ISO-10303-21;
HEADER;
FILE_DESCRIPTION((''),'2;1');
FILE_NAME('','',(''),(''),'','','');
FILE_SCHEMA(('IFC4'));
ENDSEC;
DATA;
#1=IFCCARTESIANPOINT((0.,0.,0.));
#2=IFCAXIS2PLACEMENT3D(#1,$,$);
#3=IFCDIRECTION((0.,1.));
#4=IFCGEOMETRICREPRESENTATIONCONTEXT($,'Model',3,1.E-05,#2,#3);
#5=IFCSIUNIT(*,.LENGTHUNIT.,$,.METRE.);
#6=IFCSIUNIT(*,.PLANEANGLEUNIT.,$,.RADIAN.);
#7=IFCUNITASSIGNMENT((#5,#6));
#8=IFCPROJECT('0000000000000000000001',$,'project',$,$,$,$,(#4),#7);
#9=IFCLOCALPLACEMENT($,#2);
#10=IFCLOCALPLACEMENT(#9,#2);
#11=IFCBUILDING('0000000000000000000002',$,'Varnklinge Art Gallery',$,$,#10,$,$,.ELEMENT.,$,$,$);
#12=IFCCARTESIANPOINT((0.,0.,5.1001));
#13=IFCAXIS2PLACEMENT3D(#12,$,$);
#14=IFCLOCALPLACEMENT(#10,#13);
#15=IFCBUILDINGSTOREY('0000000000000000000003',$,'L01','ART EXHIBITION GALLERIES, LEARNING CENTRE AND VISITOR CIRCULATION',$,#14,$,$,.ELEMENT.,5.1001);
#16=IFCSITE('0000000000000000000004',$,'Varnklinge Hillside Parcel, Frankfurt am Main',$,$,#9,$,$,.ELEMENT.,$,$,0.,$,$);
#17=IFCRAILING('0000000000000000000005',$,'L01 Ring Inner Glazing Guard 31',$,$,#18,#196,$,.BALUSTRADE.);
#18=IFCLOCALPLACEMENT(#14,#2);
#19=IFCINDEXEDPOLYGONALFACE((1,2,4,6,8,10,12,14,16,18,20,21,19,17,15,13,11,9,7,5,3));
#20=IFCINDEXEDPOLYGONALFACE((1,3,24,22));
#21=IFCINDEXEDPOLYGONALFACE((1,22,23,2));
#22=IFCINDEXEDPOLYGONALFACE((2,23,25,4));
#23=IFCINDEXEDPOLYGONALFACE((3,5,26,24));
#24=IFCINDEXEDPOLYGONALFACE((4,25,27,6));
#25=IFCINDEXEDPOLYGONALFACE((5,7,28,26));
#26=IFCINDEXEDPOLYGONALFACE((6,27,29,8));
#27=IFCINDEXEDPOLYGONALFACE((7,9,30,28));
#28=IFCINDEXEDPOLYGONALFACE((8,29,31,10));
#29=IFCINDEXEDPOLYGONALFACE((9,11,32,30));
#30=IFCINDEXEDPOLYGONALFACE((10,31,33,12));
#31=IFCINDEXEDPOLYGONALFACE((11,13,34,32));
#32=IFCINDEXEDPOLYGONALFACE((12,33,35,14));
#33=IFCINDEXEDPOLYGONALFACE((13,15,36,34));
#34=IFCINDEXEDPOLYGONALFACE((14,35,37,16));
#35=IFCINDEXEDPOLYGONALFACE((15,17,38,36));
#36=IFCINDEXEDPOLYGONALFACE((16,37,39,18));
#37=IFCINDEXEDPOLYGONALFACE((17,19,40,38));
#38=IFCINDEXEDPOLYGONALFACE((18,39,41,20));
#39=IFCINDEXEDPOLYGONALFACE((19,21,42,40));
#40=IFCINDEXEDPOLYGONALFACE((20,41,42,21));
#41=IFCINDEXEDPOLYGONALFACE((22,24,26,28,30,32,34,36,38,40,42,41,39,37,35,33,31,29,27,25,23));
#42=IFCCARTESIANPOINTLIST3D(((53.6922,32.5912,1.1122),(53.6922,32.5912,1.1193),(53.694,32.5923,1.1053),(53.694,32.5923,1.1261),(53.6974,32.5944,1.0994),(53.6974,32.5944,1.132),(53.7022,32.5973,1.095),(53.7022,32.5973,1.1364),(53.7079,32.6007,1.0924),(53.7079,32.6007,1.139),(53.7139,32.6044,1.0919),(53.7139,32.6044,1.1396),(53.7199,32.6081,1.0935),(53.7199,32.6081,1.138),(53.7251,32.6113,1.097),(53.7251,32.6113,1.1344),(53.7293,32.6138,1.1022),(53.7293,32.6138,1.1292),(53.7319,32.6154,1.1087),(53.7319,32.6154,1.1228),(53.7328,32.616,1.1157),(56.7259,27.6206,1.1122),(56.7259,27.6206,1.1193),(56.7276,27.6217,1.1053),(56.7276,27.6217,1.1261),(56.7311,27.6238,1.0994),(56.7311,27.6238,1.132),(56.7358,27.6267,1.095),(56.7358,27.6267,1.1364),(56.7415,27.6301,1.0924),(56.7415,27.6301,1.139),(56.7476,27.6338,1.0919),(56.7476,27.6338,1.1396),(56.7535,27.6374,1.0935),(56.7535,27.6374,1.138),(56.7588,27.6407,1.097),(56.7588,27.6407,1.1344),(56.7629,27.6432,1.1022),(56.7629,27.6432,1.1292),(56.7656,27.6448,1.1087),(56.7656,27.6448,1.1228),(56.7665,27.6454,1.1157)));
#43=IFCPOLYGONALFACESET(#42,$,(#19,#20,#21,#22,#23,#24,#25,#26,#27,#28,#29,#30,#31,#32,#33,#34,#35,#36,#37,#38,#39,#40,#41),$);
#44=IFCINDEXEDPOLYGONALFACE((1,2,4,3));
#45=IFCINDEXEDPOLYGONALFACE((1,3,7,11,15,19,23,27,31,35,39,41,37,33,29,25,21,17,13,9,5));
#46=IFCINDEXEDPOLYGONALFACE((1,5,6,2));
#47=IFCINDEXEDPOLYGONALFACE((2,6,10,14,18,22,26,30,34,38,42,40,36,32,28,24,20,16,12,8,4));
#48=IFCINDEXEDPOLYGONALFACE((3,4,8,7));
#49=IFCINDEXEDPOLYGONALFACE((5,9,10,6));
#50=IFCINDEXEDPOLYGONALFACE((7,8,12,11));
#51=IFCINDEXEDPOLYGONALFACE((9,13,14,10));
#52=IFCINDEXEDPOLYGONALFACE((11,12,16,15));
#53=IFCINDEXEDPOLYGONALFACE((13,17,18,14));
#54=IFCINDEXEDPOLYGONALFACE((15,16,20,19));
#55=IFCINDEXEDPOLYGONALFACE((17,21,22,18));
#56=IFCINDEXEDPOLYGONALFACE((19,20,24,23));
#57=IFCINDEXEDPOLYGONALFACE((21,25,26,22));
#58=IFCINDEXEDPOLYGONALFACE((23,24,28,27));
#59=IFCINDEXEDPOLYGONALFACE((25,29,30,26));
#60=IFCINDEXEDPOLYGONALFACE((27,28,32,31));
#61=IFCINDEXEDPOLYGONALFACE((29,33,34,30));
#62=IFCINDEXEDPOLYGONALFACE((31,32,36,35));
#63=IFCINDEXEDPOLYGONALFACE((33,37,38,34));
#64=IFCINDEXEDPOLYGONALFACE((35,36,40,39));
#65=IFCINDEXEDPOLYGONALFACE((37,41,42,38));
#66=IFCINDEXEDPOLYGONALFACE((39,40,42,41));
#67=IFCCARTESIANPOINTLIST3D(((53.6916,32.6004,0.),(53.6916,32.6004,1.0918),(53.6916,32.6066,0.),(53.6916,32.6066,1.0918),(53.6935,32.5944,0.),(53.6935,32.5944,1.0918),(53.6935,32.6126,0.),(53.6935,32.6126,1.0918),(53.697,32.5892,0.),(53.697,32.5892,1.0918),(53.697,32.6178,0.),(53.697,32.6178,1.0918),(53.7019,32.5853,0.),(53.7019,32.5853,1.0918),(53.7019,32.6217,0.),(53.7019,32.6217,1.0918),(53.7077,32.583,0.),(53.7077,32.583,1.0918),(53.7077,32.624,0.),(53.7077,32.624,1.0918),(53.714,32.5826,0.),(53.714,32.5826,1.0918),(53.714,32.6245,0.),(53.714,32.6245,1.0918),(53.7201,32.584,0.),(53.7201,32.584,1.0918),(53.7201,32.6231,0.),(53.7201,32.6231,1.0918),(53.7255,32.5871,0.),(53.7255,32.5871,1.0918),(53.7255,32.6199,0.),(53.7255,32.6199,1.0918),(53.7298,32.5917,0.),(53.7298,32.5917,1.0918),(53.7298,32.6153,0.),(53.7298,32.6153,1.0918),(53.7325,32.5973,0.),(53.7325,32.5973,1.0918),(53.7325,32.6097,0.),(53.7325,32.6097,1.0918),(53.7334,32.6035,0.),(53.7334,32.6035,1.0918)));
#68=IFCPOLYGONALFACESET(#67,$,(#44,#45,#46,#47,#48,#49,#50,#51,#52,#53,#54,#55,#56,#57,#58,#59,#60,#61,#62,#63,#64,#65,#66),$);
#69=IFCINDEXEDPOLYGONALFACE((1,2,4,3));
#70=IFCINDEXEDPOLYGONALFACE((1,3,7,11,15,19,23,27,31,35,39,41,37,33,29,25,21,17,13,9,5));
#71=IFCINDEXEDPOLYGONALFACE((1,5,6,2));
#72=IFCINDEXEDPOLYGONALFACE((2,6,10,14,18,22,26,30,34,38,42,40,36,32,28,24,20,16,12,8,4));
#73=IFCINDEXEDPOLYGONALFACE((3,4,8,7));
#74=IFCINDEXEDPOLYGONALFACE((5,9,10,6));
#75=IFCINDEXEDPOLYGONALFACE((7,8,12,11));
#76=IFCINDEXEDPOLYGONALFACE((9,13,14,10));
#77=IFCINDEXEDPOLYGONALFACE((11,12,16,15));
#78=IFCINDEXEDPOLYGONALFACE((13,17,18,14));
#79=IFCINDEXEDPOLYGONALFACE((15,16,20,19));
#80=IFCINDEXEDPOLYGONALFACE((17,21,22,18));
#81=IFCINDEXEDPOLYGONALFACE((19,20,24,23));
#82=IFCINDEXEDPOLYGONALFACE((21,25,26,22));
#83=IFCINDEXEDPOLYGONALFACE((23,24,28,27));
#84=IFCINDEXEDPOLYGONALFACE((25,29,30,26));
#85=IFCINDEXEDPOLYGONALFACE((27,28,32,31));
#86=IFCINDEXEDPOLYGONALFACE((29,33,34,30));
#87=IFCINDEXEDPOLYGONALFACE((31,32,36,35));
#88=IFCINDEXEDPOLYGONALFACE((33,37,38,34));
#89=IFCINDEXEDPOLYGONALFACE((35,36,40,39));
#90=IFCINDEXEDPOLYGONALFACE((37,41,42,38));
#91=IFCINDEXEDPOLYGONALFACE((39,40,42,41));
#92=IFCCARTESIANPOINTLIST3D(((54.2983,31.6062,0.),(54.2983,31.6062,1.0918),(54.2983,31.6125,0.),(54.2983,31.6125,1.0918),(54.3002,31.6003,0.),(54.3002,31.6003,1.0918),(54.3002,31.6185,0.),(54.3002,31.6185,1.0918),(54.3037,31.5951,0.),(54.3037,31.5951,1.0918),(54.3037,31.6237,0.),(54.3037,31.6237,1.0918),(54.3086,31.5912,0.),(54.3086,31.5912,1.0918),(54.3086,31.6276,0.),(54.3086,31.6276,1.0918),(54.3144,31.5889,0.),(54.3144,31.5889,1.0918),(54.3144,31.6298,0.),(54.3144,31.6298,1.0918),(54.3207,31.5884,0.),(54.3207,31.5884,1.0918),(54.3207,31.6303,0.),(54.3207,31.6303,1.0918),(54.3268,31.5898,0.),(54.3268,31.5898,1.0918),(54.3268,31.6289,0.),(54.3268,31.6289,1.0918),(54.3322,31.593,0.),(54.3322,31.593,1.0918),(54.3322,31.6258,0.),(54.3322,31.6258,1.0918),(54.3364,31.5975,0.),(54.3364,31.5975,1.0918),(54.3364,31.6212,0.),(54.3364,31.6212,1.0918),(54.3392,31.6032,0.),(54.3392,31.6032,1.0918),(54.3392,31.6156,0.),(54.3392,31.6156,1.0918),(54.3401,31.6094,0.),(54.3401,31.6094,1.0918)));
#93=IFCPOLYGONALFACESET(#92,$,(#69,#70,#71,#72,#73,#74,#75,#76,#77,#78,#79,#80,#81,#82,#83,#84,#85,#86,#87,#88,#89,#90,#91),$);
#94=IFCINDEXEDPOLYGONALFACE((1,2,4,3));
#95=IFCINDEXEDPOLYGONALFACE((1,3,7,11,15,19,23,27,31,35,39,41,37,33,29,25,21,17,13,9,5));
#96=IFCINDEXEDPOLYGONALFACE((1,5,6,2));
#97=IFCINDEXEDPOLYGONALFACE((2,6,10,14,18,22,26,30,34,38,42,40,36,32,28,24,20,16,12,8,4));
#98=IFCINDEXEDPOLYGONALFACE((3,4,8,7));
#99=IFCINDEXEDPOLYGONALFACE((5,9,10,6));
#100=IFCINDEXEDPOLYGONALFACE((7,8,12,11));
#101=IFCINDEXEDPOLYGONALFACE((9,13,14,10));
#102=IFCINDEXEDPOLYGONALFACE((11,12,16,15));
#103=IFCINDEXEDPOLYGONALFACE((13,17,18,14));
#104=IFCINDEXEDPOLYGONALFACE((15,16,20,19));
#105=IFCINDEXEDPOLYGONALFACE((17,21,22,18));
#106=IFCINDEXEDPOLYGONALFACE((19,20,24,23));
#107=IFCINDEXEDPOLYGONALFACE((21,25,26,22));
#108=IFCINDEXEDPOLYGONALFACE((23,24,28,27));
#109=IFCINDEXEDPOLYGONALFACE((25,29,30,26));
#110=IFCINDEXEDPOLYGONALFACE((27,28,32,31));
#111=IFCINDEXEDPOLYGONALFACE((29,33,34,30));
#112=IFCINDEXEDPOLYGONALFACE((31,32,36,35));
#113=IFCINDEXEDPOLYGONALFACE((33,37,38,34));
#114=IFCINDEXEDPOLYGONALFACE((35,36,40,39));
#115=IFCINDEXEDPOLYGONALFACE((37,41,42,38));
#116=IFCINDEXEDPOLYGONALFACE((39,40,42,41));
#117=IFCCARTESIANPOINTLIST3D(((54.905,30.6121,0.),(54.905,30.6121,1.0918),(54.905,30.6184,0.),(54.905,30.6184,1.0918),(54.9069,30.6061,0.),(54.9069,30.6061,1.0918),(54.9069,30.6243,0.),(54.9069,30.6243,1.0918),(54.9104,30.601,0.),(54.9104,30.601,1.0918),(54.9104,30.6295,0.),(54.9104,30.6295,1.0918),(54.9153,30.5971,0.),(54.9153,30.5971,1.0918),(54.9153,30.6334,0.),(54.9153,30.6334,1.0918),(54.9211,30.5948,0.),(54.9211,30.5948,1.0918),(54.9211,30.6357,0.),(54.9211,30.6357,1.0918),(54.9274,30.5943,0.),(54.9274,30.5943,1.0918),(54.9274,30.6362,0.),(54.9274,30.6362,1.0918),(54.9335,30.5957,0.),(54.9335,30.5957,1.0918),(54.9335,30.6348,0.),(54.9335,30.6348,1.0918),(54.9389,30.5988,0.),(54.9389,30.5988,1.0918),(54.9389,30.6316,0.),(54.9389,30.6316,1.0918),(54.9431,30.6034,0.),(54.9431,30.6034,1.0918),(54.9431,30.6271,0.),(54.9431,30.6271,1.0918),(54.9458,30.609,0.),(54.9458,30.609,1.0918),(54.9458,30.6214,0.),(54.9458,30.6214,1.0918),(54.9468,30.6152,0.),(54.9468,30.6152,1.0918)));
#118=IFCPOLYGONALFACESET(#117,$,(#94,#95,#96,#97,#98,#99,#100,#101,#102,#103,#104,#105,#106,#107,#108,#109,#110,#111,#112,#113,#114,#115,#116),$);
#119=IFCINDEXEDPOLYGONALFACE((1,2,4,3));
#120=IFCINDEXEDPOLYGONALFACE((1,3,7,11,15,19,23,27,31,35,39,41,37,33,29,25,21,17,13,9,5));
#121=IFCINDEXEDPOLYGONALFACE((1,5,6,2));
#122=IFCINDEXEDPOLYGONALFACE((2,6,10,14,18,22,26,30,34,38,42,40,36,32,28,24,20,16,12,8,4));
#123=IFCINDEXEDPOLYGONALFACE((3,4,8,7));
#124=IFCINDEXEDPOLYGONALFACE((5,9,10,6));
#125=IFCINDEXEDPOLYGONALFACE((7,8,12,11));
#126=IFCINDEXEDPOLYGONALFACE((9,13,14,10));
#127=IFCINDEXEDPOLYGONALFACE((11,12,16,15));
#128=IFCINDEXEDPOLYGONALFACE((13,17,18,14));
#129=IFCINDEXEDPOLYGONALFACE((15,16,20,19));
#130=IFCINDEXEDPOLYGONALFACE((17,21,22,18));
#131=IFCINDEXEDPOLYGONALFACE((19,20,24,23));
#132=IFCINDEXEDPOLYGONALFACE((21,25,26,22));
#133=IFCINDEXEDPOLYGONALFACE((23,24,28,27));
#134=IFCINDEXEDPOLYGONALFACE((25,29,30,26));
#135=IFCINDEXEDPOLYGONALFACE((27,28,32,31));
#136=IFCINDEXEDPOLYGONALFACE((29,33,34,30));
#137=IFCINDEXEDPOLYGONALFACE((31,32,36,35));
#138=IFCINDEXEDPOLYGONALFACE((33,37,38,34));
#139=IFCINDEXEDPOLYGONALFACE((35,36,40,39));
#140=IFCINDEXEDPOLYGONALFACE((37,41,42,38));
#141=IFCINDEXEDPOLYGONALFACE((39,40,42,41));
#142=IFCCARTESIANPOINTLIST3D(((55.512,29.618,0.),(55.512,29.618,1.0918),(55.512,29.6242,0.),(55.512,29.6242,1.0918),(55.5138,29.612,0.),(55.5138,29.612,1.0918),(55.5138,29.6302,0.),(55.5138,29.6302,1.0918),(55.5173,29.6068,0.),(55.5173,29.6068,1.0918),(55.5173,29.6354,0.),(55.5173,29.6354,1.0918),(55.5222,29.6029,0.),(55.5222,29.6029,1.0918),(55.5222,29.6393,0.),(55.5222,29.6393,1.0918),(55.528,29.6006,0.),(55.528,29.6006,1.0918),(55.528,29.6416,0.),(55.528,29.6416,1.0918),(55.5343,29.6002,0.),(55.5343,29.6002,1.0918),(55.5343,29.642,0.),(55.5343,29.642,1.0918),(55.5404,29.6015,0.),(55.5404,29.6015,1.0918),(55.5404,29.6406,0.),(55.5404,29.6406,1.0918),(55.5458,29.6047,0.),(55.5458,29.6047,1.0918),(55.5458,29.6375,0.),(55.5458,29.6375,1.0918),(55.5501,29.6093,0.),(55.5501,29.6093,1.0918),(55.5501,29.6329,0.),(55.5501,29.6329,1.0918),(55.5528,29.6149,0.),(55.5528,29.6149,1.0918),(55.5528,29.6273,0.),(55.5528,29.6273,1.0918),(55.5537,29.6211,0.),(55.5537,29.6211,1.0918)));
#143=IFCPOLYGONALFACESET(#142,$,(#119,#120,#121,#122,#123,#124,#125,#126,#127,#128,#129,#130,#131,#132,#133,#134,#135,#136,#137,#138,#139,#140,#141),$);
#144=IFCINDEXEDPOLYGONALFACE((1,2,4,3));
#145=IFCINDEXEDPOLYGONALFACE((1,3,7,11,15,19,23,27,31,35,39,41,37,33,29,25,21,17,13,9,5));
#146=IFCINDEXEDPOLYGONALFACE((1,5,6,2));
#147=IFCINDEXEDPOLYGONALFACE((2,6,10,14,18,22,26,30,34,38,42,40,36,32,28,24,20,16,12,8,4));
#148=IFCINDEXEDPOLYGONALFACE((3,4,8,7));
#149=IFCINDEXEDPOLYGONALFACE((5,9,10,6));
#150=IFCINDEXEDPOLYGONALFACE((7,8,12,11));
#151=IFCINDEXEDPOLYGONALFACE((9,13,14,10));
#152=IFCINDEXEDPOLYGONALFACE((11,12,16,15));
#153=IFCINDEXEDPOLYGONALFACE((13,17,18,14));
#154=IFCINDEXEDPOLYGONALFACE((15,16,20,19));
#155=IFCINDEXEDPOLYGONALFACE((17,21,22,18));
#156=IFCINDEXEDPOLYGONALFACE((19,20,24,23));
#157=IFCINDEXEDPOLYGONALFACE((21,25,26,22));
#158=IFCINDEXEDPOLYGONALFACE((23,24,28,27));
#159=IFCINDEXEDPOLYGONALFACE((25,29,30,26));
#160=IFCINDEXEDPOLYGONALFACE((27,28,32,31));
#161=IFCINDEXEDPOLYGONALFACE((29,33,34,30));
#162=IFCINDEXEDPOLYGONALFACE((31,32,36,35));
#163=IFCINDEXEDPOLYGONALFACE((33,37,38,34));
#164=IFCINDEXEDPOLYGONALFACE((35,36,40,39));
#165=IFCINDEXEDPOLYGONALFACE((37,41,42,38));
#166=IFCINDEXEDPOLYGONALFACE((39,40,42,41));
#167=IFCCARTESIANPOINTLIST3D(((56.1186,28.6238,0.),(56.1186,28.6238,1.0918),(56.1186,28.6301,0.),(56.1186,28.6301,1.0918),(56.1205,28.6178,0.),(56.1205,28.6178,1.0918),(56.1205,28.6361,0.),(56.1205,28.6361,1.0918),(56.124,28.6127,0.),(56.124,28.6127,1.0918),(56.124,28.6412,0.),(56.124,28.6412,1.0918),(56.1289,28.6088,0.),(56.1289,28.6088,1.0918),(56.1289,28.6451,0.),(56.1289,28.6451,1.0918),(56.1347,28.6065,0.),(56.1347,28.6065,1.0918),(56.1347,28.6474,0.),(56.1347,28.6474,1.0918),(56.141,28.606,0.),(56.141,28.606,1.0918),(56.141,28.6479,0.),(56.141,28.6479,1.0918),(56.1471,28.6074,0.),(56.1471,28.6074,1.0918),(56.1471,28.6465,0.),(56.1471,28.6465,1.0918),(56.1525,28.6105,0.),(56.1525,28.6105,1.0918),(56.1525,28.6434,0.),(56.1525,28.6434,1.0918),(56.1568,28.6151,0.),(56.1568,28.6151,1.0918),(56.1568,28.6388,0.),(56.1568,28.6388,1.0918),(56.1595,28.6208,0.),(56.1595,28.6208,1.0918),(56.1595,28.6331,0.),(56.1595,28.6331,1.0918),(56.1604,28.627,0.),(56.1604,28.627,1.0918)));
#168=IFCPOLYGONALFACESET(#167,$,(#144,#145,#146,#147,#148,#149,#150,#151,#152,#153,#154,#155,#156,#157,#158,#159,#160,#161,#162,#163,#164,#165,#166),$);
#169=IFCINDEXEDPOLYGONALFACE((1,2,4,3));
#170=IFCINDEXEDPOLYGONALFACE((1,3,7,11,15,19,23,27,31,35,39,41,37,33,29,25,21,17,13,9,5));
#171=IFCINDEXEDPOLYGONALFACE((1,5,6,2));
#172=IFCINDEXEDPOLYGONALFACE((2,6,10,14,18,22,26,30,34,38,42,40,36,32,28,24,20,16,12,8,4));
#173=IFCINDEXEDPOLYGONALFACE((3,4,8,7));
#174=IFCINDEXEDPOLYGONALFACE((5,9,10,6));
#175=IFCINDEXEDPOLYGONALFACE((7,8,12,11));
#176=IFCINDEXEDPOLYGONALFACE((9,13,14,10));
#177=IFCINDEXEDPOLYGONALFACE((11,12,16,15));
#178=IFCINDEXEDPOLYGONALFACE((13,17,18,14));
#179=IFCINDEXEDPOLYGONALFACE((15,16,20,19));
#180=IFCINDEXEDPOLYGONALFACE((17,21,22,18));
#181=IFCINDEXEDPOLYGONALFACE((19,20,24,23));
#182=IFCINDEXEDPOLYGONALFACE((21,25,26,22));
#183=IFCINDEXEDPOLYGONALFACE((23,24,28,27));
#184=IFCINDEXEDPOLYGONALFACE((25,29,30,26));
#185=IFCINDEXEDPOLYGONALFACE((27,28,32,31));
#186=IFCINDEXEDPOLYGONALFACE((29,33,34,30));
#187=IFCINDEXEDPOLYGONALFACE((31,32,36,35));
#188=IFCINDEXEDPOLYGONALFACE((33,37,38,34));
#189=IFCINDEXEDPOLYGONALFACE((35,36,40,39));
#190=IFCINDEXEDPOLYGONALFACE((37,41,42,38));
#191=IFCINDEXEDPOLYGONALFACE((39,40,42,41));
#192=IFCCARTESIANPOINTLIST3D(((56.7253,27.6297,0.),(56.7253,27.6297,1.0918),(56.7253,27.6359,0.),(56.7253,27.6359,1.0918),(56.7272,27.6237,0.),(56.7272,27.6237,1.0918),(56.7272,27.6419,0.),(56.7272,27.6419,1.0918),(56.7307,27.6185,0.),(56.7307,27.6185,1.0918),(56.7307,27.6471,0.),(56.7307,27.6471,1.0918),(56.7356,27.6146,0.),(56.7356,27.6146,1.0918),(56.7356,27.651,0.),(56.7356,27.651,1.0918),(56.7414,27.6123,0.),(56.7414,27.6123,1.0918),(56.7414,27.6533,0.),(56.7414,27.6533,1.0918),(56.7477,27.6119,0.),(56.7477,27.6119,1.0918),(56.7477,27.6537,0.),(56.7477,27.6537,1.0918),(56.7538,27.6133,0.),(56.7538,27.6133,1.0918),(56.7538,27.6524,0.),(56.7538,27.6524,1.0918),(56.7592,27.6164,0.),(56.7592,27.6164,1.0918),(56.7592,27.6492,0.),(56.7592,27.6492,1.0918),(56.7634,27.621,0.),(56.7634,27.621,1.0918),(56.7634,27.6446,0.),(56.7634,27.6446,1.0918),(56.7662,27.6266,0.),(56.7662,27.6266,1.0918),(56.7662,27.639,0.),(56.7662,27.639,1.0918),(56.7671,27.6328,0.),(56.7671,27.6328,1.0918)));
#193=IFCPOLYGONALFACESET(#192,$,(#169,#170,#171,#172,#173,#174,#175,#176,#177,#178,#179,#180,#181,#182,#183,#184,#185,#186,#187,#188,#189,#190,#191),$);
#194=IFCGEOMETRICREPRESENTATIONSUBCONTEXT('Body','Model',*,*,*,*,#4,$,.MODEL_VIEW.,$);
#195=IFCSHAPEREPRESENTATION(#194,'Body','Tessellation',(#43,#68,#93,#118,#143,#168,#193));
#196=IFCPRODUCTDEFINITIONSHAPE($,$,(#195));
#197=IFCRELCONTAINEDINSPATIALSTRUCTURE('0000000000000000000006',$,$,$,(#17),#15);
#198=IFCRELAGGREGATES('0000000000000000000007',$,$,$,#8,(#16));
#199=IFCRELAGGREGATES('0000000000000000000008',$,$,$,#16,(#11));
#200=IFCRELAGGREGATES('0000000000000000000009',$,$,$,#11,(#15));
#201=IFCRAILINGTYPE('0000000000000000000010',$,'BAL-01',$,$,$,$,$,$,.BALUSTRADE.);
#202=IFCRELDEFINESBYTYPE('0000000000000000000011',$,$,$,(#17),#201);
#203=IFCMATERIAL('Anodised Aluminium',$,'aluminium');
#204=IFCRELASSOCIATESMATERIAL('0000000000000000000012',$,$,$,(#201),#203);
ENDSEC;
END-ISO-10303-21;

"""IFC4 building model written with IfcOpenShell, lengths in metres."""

from ifc_helpers import new_model, si_unit, direction, frame, origin, origin_2d, place, context, subcontext, project, spatial, circle, extrude, material, type_object, element, save


model = new_model("IFC4")

# Units and contexts
model_context = context("Model", 3, precision=1e-05, world=origin(), true_north=direction((0.0, 1.0)))
body_context = subcontext(model_context, "Body", "Model", "MODEL_VIEW")
ifc_project = project(units=[si_unit("LENGTHUNIT", "METRE"), si_unit("PLANEANGLEUNIT", "RADIAN")], contexts=[model_context])

# Site, building, storey
site_placement = place(None, origin())
site = spatial("IfcSite", under=ifc_project, at=site_placement, Name="Varnklinge Hillside Parcel, Frankfurt am Main", CompositionType="ELEMENT", RefElevation=0.0)
building_placement = place(site_placement, origin())
building = spatial("IfcBuilding", under=site, at=building_placement, Name="Varnklinge Art Gallery", CompositionType="ELEMENT")
storey_placement = place(building_placement, frame((0.0, 0.0, 5.1001)))
storey = spatial("IfcBuildingStorey", under=building, at=storey_placement, Name="L01", Description="ART EXHIBITION GALLERIES, LEARNING CENTRE AND VISITOR CIRCULATION", CompositionType="ELEMENT", Elevation=5.1001)

# Railing
ifc_material_1 = material(Name="Anodised Aluminium", Category="aluminium")
railing_type = type_object("IfcRailingType", Name="BAL-01", PredefinedType="BALUSTRADE", material=ifc_material_1)
railing_placement = place(storey_placement, frame((53.7124, 32.6035, 0.0)))
element("IfcRailing", 1, at=railing_placement, inside=storey, type_object=railing_type, Name="L01 Ring Inner Glazing Guard 31", PredefinedType="BALUSTRADE", context=body_context, shape_type="SweptSolid", body=[
    extrude(circle(Radius=0.0239, at=origin_2d()), frame((0.0, 0.0, 1.1157), z_axis=(0.520955, -0.853584, 0.0), x_axis=(0.853584, 0.520955, 0.0)), (0.0, 0.0, 1.0), 5.8232),
    extrude(circle(Radius=0.021, at=origin_2d()), origin(), (0.0, 0.0, 1.0), 1.0918),
    extrude(circle(Radius=0.021, at=origin_2d()), frame((0.6067, -0.9941, 0.0)), (0.0, 0.0, 1.0), 1.0918),
    extrude(circle(Radius=0.021, at=origin_2d()), frame((1.2134, -1.9883, 0.0)), (0.0, 0.0, 1.0), 1.0918),
    extrude(circle(Radius=0.021, at=origin_2d()), frame((1.8203, -2.9824, 0.0)), (0.0, 0.0, 1.0), 1.0918),
    extrude(circle(Radius=0.021, at=origin_2d()), frame((2.427, -3.9766, 0.0)), (0.0, 0.0, 1.0), 1.0918),
    extrude(circle(Radius=0.021, at=origin_2d()), frame((3.0337, -4.9707, 0.0)), (0.0, 0.0, 1.0), 1.0918),
])

save(model, "model.ifc")
